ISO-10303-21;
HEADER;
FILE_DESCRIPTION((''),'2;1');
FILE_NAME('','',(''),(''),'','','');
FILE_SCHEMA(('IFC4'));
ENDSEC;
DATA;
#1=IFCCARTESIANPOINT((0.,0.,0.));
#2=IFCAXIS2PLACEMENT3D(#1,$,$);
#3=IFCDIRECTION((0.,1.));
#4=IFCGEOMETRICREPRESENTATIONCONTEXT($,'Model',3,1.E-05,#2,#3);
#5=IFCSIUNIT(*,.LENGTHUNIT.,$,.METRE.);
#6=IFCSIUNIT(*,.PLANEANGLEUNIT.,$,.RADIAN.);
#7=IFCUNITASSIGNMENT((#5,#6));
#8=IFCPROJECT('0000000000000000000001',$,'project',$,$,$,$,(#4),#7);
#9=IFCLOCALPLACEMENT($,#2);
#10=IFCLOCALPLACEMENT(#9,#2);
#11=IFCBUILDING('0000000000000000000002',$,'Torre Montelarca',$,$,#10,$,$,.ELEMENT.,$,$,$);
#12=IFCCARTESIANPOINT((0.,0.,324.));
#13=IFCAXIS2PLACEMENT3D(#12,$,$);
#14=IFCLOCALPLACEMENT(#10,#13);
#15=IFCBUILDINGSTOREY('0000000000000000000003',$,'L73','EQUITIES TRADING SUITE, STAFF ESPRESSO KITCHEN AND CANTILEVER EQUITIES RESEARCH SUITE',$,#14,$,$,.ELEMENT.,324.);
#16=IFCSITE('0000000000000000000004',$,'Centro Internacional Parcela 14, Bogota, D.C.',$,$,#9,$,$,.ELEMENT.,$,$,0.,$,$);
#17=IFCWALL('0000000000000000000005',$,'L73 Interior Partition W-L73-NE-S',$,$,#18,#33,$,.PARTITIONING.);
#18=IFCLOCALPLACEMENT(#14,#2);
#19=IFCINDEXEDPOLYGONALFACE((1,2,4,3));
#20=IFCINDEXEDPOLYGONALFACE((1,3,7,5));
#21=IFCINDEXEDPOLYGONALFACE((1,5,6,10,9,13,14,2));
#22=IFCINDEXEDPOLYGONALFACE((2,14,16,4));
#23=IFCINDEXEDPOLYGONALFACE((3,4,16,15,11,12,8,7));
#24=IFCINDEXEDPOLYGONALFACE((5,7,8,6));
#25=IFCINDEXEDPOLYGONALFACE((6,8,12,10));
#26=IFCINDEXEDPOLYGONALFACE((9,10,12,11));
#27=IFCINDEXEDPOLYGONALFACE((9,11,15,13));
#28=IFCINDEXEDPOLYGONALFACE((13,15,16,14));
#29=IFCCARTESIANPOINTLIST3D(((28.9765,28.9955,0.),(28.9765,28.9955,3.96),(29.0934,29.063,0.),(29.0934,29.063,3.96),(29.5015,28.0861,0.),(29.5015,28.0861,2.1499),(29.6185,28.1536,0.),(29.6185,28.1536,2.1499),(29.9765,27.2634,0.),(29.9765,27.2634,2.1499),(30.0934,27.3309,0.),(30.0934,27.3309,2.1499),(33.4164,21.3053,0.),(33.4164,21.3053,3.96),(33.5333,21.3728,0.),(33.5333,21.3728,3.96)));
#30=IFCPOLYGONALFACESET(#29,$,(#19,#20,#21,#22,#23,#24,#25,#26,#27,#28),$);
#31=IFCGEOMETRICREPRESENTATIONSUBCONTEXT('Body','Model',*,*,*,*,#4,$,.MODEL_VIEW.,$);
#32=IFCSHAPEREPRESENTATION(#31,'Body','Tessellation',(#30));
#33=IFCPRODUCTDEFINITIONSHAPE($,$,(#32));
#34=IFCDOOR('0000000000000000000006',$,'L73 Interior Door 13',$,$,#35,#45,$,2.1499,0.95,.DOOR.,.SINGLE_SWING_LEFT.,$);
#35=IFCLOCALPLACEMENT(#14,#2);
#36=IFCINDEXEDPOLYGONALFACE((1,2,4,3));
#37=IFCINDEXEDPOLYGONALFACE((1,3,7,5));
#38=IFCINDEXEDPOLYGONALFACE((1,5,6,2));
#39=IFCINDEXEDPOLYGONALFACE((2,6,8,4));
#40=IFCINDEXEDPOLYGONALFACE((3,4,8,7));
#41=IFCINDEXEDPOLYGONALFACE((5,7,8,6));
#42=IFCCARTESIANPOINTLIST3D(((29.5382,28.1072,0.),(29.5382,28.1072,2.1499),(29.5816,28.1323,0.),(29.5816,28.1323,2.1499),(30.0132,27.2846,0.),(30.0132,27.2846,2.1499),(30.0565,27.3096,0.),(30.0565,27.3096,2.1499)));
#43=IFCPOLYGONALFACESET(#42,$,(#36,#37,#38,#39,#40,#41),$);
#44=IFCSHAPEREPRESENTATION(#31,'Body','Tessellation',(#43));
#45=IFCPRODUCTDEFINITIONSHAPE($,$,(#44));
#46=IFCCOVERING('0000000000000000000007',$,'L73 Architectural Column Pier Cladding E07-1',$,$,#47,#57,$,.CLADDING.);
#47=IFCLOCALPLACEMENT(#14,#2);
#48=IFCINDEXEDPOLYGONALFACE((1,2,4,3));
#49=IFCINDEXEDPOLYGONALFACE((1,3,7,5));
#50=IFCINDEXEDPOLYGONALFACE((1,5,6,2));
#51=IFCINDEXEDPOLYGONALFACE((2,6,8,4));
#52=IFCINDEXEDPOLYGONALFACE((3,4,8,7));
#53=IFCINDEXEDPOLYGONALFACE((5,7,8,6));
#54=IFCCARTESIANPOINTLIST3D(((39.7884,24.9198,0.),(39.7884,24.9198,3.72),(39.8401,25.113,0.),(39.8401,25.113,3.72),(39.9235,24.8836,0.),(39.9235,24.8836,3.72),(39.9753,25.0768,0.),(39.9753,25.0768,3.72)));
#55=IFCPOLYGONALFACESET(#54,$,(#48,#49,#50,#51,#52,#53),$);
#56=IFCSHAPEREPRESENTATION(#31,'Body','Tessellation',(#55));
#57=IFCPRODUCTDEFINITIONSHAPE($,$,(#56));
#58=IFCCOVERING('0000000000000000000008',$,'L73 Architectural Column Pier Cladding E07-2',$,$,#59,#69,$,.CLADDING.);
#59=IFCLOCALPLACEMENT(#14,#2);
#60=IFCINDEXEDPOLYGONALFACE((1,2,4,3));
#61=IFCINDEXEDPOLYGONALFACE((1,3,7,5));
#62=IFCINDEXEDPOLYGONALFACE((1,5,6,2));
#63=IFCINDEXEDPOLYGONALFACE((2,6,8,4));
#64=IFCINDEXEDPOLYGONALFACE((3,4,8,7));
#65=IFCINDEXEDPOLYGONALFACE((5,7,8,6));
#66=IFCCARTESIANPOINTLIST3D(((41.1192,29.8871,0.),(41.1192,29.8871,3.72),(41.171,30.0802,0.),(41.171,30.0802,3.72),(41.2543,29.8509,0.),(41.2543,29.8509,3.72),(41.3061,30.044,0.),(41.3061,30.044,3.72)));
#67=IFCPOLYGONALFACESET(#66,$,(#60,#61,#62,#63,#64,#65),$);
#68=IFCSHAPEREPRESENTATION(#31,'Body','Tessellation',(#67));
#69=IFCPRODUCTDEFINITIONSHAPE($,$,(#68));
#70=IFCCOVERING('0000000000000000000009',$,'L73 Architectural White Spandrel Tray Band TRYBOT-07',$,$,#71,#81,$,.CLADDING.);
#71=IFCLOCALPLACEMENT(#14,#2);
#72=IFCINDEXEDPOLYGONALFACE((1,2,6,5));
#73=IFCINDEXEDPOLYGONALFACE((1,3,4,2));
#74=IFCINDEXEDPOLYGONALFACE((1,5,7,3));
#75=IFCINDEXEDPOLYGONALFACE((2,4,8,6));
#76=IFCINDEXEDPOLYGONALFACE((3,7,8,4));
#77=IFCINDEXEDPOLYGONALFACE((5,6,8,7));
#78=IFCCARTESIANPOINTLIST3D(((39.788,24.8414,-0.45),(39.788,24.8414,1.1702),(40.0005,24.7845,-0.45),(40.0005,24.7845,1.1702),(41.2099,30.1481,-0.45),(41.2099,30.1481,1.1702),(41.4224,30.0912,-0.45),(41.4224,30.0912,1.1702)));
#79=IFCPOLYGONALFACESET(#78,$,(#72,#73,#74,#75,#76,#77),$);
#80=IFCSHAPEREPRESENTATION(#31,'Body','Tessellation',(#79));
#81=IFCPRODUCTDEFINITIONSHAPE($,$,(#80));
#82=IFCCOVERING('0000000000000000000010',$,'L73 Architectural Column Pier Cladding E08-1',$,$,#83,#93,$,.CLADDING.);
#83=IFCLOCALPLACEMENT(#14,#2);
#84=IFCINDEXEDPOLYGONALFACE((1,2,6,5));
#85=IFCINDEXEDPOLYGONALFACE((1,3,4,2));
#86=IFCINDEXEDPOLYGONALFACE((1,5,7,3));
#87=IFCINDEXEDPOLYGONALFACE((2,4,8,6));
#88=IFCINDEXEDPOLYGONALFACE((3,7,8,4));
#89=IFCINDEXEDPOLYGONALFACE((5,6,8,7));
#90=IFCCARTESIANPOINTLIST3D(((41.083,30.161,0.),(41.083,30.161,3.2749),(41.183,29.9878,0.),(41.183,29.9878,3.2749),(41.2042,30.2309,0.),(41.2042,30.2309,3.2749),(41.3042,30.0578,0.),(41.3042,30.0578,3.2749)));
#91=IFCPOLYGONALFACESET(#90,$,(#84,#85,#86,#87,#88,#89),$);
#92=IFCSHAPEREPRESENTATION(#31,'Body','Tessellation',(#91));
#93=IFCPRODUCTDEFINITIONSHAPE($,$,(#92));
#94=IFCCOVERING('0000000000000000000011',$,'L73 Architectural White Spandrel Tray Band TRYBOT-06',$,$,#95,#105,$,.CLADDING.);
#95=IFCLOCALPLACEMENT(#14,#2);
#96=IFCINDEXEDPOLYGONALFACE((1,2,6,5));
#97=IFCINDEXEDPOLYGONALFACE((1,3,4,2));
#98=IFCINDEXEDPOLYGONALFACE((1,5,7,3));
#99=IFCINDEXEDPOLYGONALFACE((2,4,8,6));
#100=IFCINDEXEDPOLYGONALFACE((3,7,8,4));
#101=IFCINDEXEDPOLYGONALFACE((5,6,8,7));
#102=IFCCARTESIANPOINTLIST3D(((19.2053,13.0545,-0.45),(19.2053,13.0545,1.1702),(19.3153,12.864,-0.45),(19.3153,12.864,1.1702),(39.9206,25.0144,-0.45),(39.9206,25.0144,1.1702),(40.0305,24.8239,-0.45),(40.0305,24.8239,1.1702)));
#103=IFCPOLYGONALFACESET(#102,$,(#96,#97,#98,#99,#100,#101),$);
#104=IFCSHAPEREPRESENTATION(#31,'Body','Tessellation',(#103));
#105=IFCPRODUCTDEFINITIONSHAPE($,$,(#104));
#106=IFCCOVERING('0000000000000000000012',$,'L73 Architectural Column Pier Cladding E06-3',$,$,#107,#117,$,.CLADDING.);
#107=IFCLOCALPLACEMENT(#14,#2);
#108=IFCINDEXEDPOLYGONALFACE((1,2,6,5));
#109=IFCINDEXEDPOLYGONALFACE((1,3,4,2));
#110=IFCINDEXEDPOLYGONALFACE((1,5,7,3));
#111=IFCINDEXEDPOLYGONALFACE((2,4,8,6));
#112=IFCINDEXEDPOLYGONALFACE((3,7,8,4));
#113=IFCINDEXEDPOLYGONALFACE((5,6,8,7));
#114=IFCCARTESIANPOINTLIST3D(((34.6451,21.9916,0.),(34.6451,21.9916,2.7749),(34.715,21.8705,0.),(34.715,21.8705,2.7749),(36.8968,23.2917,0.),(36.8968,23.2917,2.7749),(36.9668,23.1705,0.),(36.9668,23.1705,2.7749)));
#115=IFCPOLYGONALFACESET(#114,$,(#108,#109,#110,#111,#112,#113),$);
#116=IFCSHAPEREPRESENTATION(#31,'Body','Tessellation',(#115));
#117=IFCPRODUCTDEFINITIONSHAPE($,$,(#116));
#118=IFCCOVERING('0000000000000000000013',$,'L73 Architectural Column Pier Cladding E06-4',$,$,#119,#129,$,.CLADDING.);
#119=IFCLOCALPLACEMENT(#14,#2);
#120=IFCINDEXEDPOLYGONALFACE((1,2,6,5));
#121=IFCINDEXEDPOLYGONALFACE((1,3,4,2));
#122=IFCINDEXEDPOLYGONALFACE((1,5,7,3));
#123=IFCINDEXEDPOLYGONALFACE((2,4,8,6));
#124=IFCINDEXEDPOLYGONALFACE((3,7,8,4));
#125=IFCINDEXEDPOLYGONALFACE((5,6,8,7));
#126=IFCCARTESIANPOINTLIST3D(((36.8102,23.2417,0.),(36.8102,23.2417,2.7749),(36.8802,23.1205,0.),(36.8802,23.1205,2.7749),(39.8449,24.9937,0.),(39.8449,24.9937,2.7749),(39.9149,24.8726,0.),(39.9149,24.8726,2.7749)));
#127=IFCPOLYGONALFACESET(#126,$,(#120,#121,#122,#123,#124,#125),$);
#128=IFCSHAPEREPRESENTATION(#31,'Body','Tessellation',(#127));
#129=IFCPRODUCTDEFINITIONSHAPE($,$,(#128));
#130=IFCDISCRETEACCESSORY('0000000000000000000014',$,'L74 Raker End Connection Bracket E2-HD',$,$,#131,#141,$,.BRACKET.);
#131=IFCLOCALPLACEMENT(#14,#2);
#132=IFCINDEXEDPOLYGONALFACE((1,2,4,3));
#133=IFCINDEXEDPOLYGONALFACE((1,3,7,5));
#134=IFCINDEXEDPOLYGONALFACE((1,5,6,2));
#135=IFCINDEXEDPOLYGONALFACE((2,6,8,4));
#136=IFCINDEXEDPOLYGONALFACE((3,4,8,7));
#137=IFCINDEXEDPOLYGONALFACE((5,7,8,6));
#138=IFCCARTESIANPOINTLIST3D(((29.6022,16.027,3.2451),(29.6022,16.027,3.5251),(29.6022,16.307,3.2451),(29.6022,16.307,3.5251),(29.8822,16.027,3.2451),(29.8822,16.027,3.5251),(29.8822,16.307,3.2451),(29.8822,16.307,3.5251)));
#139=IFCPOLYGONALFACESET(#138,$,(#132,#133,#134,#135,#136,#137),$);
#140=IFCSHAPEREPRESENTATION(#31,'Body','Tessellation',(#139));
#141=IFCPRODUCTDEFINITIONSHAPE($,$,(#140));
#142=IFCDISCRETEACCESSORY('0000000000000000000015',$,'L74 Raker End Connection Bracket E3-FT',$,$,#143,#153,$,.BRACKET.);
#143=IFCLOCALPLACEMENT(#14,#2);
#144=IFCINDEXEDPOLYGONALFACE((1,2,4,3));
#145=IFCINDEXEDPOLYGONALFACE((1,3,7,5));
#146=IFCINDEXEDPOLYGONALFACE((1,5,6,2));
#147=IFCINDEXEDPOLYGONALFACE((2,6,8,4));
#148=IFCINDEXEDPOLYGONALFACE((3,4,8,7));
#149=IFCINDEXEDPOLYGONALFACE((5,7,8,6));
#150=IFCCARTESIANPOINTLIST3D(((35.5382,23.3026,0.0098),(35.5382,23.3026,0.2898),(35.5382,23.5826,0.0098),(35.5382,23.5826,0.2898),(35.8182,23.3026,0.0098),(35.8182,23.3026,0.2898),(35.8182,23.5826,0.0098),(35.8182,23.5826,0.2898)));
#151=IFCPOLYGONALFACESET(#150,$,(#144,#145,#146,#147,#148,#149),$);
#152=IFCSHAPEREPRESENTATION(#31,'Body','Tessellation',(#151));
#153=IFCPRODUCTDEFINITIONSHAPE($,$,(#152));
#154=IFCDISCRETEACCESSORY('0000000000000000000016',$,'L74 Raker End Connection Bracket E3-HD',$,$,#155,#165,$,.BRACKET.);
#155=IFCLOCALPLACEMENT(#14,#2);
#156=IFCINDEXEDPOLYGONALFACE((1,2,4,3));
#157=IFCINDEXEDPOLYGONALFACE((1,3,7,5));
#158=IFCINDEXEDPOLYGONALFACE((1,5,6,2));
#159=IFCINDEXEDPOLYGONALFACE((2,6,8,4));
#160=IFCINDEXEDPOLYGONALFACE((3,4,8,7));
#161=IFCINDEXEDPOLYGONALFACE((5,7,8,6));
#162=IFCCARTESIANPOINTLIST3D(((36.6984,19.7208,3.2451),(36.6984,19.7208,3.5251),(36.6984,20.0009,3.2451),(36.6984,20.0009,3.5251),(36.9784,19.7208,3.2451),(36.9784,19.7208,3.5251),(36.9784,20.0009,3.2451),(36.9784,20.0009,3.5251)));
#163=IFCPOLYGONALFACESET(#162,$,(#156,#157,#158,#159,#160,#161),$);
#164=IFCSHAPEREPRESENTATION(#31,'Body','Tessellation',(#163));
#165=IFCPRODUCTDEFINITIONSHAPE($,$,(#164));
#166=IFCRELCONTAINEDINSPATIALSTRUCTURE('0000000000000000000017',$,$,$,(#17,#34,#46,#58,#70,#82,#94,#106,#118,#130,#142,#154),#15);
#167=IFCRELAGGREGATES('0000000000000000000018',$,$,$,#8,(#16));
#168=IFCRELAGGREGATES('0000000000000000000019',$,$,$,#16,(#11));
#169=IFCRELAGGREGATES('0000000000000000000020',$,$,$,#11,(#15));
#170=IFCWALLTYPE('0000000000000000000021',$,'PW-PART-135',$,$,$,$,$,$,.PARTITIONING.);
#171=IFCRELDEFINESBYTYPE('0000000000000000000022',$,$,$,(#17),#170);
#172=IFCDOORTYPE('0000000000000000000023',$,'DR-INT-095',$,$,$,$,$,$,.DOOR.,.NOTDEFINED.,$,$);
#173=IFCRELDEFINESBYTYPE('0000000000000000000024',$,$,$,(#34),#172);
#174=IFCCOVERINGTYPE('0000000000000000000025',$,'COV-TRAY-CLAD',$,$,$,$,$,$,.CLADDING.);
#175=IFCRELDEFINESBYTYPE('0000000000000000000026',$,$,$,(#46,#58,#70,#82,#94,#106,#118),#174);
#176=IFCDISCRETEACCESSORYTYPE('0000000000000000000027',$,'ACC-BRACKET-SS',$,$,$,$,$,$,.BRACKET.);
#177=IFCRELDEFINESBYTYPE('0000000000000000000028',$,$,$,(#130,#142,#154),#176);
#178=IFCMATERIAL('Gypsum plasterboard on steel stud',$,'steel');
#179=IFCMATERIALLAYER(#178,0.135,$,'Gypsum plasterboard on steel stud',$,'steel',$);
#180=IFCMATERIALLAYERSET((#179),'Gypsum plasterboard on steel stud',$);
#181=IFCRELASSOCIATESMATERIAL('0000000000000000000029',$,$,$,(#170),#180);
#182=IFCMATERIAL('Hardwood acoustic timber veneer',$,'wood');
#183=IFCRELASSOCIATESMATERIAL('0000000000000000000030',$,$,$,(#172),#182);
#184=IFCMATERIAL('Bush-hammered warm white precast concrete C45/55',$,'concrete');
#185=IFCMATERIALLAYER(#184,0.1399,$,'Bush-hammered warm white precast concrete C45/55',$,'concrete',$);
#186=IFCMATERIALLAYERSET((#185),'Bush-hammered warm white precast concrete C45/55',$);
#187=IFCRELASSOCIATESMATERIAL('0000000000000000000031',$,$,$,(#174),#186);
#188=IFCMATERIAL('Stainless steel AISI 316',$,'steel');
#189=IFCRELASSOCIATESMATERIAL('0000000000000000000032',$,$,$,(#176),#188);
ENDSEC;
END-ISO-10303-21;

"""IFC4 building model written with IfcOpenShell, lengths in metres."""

from ifc_helpers import new_model, si_unit, direction, frame, frame_2d, origin, origin_2d, place, context, subcontext, project, spatial, rectangle, extrude, source, transform, mapped, material, layer, layer_set, type_object, element, fill, save


model = new_model("IFC4")

# Units and contexts
model_context = context("Model", 3, precision=1e-05, world=origin(), true_north=direction((0.0, 1.0)))
body_context = subcontext(model_context, "Body", "Model", "MODEL_VIEW")
ifc_project = project(units=[si_unit("LENGTHUNIT", "METRE"), si_unit("PLANEANGLEUNIT", "RADIAN")], contexts=[model_context])

# Site, building, storey
site_placement = place(None, origin())
site = spatial("IfcSite", under=ifc_project, at=site_placement, Name="Centro Internacional Parcela 14, Bogota, D.C.", CompositionType="ELEMENT", RefElevation=0.0)
building_placement = place(site_placement, origin())
building = spatial("IfcBuilding", under=site, at=building_placement, Name="Torre Montelarca", CompositionType="ELEMENT")
storey_placement = place(building_placement, frame((0.0, 0.0, 324.0)))
storey = spatial("IfcBuildingStorey", under=building, at=storey_placement, Name="L73", Description="EQUITIES TRADING SUITE, STAFF ESPRESSO KITCHEN AND CANTILEVER EQUITIES RESEARCH SUITE", CompositionType="ELEMENT", Elevation=324.0)

# Shared definitions
ifc_material_1 = material(Name="Gypsum plasterboard on steel stud", Category="steel")

# Wall, opening, door
ifc_layer_1 = layer(ifc_material_1, 0.135, Name="Gypsum plasterboard on steel stud", Category="steel")
ifc_layer_set_1 = layer_set([ifc_layer_1], Name="Gypsum plasterboard on steel stud")
wall_type_1 = type_object("IfcWallType", Name="PW-PART-135", PredefinedType="PARTITIONING", material=ifc_layer_set_1)
wall_1_placement = place(storey_placement, frame((29.0349, 29.0293, 0.0), z_axis=(0.0, 0.0, 1.0), x_axis=(0.500001, -0.866025, 0.0)))
wall_1 = element("IfcWall", 1, at=wall_1_placement, inside=storey, type_object=wall_type_1, Name="L73 Interior Partition W-L73-NE-S", PredefinedType="PARTITIONING", context=body_context, shape_type="SweptSolid", body=[
    extrude(rectangle(XDim=8.8799, YDim=0.135, at=frame_2d((4.4399, 0.0))), origin(), (0.0, 0.0, 1.0), 3.96),
])
opening_placement = place(wall_1_placement, frame((1.05, 0.0, 0.0)))
opening = element("IfcOpeningElement", 2, at=opening_placement, cuts=wall_1, PredefinedType="OPENING", context=body_context, shape_type="SweptSolid", body=[
    extrude(rectangle(XDim=0.95, YDim=2.1499, at=frame_2d((0.4751, 1.075))), frame((0.0, 0.0776, 0.0), z_axis=(0.0, -1.0, 0.0), x_axis=(1.0, 0.0, 0.0)), (0.0, 0.0, 1.0), 0.155),
])
ifc_material_2 = material(Name="Hardwood acoustic timber veneer", Category="wood")
door_type = type_object("IfcDoorType", Name="DR-INT-095", OperationType="NOTDEFINED", PredefinedType="DOOR", material=ifc_material_2)
shared_shape_1 = source(origin(), body_context, "Body", "SweptSolid", [
    extrude(rectangle(XDim=0.95, YDim=2.1499, at=frame_2d((0.4751, 1.075))), frame((0.0, 0.0249, 0.0), z_axis=(0.0, -1.0, 0.0), x_axis=(1.0, 0.0, 0.0)), (0.0, 0.0, 1.0), 0.05),
])
door_placement = place(opening_placement, origin())
door = element("IfcDoor", 3, at=door_placement, inside=storey, type_object=door_type, Name="L73 Interior Door 13", OperationType="SINGLE_SWING_LEFT", OverallHeight=2.1499, OverallWidth=0.95, PredefinedType="DOOR", context=body_context, shape_type="MappedRepresentation", body=[
    mapped(shared_shape_1, transform((0.0, 0.0, 0.0), scale=1.0)),
])
fill(opening, door)

# Coverings
ifc_material_3 = material(Name="Bush-hammered warm white precast concrete C45/55", Category="concrete")
ifc_layer_2 = layer(ifc_material_3, 0.1399, Name="Bush-hammered warm white precast concrete C45/55", Category="concrete")
ifc_layer_set_2 = layer_set([ifc_layer_2], Name="Bush-hammered warm white precast concrete C45/55")
covering_type = type_object("IfcCoveringType", Name="COV-TRAY-CLAD", PredefinedType="CLADDING", material=ifc_layer_set_2)
shared_shape_2 = source(origin(), body_context, "Body", "SweptSolid", [
    extrude(rectangle(XDim=0.2, YDim=0.1399, at=origin_2d()), origin(), (0.0, 0.0, 1.0), 3.72),
])
for number, where, z_axis, x_axis, name in (
    (4, (39.8818, 24.9983, 0.0), (0.0, 0.0, 1.0), (0.258821, 0.965925, 0.0), "L73 Architectural Column Pier Cladding E07-1"),
    (5, (41.2126, 29.9656, 0.0), (0.0, 0.0, 1.0), (0.258821, 0.965925, 0.0), "L73 Architectural Column Pier Cladding E07-2"),
):
    element("IfcCovering", number, at=place(storey_placement, frame(where, z_axis=z_axis, x_axis=x_axis)), inside=storey, type_object=covering_type, Name=name, PredefinedType="CLADDING", context=body_context, shape_type="MappedRepresentation", body=[
        mapped(shared_shape_2, transform((0.0, 0.0, 0.0), scale=1.0)),
    ])
shared_shape_3 = source(origin(), body_context, "Body", "SweptSolid", [
    extrude(rectangle(XDim=5.4939, YDim=0.22, at=origin_2d()), origin(), (0.0, 0.0, 1.0), 1.6201),
])
covering_1_placement = place(storey_placement, frame((40.6052, 27.4663, -0.45), z_axis=(0.0, 0.0, 1.0), x_axis=(0.258819, 0.965926, 0.0)))
element("IfcCovering", 6, at=covering_1_placement, inside=storey, type_object=covering_type, Name="L73 Architectural White Spandrel Tray Band TRYBOT-07", PredefinedType="CLADDING", context=body_context, shape_type="MappedRepresentation", body=[
    mapped(shared_shape_3, transform((0.0, 0.0, 0.0), scale=1.0)),
])
shared_shape_4 = source(origin(), body_context, "Body", "SweptSolid", [
    extrude(rectangle(XDim=0.2, YDim=0.1399, at=origin_2d()), origin(), (0.0, 0.0, 1.0), 3.2749),
])
covering_2_placement = place(storey_placement, frame((41.1936, 30.1094, 0.0), z_axis=(0.0, 0.0, 1.0), x_axis=(-0.500002, 0.866025, 0.0)))
element("IfcCovering", 7, at=covering_2_placement, inside=storey, type_object=covering_type, Name="L73 Architectural Column Pier Cladding E08-1", PredefinedType="CLADDING", context=body_context, shape_type="MappedRepresentation", body=[
    mapped(shared_shape_4, transform((0.0, 0.0, 0.0), scale=1.0)),
])
shared_shape_5 = source(origin(), body_context, "Body", "SweptSolid", [
    extrude(rectangle(XDim=23.9199, YDim=0.22, at=origin_2d()), origin(), (0.0, 0.0, 1.0), 1.6201),
])
covering_3_placement = place(storey_placement, frame((29.6179, 18.9392, -0.45), z_axis=(0.0, 0.0, 1.0), x_axis=(0.866025, 0.5, 0.0)))
element("IfcCovering", 8, at=covering_3_placement, inside=storey, type_object=covering_type, Name="L73 Architectural White Spandrel Tray Band TRYBOT-06", PredefinedType="CLADDING", context=body_context, shape_type="MappedRepresentation", body=[
    mapped(shared_shape_5, transform((0.0, 0.0, 0.0), scale=1.0)),
])
shared_shape_6 = source(origin(), body_context, "Body", "SweptSolid", [
    extrude(rectangle(XDim=2.6001, YDim=0.1399, at=origin_2d()), origin(), (0.0, 0.0, 1.0), 2.7749),
])
covering_4_placement = place(storey_placement, frame((35.8059, 22.5811, 0.0), z_axis=(0.0, 0.0, 1.0), x_axis=(0.866025, 0.5, 0.0)))
element("IfcCovering", 9, at=covering_4_placement, inside=storey, type_object=covering_type, Name="L73 Architectural Column Pier Cladding E06-3", PredefinedType="CLADDING", context=body_context, shape_type="MappedRepresentation", body=[
    mapped(shared_shape_6, transform((0.0, 0.0, 0.0), scale=1.0)),
])
shared_shape_7 = source(origin(), body_context, "Body", "SweptSolid", [
    extrude(rectangle(XDim=3.5042, YDim=0.1399, at=origin_2d()), origin(), (0.0, 0.0, 1.0), 2.7749),
])
covering_5_placement = place(storey_placement, frame((38.3625, 24.0571, 0.0), z_axis=(0.0, 0.0, 1.0), x_axis=(0.866025, 0.5, 0.0)))
element("IfcCovering", 10, at=covering_5_placement, inside=storey, type_object=covering_type, Name="L73 Architectural Column Pier Cladding E06-4", PredefinedType="CLADDING", context=body_context, shape_type="MappedRepresentation", body=[
    mapped(shared_shape_7, transform((0.0, 0.0, 0.0), scale=1.0)),
])

# Discrete accessories
ifc_material_4 = material(Name="Stainless steel AISI 316", Category="steel")
discrete_accessory_type = type_object("IfcDiscreteAccessoryType", Name="ACC-BRACKET-SS", PredefinedType="BRACKET", material=ifc_material_4)
shared_shape_8 = source(origin(), body_context, "Body", "SweptSolid", [
    extrude(rectangle(XDim=0.28, YDim=0.28, at=origin_2d()), origin(), (0.0, 0.0, 1.0), 0.28),
])
for number, where, z_axis, x_axis, name in (
    (11, (29.7422, 16.167, 3.2451), (0.0, 0.0, 1.0), (1.0, 0.0, 0.0), "L74 Raker End Connection Bracket E2-HD"),
    (12, (35.6782, 23.4426, 0.0098), (0.0, 0.0, 1.0), (1.0, 0.0, 0.0), "L74 Raker End Connection Bracket E3-FT"),
    (13, (36.8384, 19.8608, 3.2451), (0.0, 0.0, 1.0), (1.0, 0.0, 0.0), "L74 Raker End Connection Bracket E3-HD"),
):
    element("IfcDiscreteAccessory", number, at=place(storey_placement, frame(where, z_axis=z_axis, x_axis=x_axis)), inside=storey, type_object=discrete_accessory_type, Name=name, PredefinedType="BRACKET", context=body_context, shape_type="MappedRepresentation", body=[
        mapped(shared_shape_8, transform((0.0, 0.0, 0.0), scale=1.0)),
    ])

save(model, "model.ifc")
